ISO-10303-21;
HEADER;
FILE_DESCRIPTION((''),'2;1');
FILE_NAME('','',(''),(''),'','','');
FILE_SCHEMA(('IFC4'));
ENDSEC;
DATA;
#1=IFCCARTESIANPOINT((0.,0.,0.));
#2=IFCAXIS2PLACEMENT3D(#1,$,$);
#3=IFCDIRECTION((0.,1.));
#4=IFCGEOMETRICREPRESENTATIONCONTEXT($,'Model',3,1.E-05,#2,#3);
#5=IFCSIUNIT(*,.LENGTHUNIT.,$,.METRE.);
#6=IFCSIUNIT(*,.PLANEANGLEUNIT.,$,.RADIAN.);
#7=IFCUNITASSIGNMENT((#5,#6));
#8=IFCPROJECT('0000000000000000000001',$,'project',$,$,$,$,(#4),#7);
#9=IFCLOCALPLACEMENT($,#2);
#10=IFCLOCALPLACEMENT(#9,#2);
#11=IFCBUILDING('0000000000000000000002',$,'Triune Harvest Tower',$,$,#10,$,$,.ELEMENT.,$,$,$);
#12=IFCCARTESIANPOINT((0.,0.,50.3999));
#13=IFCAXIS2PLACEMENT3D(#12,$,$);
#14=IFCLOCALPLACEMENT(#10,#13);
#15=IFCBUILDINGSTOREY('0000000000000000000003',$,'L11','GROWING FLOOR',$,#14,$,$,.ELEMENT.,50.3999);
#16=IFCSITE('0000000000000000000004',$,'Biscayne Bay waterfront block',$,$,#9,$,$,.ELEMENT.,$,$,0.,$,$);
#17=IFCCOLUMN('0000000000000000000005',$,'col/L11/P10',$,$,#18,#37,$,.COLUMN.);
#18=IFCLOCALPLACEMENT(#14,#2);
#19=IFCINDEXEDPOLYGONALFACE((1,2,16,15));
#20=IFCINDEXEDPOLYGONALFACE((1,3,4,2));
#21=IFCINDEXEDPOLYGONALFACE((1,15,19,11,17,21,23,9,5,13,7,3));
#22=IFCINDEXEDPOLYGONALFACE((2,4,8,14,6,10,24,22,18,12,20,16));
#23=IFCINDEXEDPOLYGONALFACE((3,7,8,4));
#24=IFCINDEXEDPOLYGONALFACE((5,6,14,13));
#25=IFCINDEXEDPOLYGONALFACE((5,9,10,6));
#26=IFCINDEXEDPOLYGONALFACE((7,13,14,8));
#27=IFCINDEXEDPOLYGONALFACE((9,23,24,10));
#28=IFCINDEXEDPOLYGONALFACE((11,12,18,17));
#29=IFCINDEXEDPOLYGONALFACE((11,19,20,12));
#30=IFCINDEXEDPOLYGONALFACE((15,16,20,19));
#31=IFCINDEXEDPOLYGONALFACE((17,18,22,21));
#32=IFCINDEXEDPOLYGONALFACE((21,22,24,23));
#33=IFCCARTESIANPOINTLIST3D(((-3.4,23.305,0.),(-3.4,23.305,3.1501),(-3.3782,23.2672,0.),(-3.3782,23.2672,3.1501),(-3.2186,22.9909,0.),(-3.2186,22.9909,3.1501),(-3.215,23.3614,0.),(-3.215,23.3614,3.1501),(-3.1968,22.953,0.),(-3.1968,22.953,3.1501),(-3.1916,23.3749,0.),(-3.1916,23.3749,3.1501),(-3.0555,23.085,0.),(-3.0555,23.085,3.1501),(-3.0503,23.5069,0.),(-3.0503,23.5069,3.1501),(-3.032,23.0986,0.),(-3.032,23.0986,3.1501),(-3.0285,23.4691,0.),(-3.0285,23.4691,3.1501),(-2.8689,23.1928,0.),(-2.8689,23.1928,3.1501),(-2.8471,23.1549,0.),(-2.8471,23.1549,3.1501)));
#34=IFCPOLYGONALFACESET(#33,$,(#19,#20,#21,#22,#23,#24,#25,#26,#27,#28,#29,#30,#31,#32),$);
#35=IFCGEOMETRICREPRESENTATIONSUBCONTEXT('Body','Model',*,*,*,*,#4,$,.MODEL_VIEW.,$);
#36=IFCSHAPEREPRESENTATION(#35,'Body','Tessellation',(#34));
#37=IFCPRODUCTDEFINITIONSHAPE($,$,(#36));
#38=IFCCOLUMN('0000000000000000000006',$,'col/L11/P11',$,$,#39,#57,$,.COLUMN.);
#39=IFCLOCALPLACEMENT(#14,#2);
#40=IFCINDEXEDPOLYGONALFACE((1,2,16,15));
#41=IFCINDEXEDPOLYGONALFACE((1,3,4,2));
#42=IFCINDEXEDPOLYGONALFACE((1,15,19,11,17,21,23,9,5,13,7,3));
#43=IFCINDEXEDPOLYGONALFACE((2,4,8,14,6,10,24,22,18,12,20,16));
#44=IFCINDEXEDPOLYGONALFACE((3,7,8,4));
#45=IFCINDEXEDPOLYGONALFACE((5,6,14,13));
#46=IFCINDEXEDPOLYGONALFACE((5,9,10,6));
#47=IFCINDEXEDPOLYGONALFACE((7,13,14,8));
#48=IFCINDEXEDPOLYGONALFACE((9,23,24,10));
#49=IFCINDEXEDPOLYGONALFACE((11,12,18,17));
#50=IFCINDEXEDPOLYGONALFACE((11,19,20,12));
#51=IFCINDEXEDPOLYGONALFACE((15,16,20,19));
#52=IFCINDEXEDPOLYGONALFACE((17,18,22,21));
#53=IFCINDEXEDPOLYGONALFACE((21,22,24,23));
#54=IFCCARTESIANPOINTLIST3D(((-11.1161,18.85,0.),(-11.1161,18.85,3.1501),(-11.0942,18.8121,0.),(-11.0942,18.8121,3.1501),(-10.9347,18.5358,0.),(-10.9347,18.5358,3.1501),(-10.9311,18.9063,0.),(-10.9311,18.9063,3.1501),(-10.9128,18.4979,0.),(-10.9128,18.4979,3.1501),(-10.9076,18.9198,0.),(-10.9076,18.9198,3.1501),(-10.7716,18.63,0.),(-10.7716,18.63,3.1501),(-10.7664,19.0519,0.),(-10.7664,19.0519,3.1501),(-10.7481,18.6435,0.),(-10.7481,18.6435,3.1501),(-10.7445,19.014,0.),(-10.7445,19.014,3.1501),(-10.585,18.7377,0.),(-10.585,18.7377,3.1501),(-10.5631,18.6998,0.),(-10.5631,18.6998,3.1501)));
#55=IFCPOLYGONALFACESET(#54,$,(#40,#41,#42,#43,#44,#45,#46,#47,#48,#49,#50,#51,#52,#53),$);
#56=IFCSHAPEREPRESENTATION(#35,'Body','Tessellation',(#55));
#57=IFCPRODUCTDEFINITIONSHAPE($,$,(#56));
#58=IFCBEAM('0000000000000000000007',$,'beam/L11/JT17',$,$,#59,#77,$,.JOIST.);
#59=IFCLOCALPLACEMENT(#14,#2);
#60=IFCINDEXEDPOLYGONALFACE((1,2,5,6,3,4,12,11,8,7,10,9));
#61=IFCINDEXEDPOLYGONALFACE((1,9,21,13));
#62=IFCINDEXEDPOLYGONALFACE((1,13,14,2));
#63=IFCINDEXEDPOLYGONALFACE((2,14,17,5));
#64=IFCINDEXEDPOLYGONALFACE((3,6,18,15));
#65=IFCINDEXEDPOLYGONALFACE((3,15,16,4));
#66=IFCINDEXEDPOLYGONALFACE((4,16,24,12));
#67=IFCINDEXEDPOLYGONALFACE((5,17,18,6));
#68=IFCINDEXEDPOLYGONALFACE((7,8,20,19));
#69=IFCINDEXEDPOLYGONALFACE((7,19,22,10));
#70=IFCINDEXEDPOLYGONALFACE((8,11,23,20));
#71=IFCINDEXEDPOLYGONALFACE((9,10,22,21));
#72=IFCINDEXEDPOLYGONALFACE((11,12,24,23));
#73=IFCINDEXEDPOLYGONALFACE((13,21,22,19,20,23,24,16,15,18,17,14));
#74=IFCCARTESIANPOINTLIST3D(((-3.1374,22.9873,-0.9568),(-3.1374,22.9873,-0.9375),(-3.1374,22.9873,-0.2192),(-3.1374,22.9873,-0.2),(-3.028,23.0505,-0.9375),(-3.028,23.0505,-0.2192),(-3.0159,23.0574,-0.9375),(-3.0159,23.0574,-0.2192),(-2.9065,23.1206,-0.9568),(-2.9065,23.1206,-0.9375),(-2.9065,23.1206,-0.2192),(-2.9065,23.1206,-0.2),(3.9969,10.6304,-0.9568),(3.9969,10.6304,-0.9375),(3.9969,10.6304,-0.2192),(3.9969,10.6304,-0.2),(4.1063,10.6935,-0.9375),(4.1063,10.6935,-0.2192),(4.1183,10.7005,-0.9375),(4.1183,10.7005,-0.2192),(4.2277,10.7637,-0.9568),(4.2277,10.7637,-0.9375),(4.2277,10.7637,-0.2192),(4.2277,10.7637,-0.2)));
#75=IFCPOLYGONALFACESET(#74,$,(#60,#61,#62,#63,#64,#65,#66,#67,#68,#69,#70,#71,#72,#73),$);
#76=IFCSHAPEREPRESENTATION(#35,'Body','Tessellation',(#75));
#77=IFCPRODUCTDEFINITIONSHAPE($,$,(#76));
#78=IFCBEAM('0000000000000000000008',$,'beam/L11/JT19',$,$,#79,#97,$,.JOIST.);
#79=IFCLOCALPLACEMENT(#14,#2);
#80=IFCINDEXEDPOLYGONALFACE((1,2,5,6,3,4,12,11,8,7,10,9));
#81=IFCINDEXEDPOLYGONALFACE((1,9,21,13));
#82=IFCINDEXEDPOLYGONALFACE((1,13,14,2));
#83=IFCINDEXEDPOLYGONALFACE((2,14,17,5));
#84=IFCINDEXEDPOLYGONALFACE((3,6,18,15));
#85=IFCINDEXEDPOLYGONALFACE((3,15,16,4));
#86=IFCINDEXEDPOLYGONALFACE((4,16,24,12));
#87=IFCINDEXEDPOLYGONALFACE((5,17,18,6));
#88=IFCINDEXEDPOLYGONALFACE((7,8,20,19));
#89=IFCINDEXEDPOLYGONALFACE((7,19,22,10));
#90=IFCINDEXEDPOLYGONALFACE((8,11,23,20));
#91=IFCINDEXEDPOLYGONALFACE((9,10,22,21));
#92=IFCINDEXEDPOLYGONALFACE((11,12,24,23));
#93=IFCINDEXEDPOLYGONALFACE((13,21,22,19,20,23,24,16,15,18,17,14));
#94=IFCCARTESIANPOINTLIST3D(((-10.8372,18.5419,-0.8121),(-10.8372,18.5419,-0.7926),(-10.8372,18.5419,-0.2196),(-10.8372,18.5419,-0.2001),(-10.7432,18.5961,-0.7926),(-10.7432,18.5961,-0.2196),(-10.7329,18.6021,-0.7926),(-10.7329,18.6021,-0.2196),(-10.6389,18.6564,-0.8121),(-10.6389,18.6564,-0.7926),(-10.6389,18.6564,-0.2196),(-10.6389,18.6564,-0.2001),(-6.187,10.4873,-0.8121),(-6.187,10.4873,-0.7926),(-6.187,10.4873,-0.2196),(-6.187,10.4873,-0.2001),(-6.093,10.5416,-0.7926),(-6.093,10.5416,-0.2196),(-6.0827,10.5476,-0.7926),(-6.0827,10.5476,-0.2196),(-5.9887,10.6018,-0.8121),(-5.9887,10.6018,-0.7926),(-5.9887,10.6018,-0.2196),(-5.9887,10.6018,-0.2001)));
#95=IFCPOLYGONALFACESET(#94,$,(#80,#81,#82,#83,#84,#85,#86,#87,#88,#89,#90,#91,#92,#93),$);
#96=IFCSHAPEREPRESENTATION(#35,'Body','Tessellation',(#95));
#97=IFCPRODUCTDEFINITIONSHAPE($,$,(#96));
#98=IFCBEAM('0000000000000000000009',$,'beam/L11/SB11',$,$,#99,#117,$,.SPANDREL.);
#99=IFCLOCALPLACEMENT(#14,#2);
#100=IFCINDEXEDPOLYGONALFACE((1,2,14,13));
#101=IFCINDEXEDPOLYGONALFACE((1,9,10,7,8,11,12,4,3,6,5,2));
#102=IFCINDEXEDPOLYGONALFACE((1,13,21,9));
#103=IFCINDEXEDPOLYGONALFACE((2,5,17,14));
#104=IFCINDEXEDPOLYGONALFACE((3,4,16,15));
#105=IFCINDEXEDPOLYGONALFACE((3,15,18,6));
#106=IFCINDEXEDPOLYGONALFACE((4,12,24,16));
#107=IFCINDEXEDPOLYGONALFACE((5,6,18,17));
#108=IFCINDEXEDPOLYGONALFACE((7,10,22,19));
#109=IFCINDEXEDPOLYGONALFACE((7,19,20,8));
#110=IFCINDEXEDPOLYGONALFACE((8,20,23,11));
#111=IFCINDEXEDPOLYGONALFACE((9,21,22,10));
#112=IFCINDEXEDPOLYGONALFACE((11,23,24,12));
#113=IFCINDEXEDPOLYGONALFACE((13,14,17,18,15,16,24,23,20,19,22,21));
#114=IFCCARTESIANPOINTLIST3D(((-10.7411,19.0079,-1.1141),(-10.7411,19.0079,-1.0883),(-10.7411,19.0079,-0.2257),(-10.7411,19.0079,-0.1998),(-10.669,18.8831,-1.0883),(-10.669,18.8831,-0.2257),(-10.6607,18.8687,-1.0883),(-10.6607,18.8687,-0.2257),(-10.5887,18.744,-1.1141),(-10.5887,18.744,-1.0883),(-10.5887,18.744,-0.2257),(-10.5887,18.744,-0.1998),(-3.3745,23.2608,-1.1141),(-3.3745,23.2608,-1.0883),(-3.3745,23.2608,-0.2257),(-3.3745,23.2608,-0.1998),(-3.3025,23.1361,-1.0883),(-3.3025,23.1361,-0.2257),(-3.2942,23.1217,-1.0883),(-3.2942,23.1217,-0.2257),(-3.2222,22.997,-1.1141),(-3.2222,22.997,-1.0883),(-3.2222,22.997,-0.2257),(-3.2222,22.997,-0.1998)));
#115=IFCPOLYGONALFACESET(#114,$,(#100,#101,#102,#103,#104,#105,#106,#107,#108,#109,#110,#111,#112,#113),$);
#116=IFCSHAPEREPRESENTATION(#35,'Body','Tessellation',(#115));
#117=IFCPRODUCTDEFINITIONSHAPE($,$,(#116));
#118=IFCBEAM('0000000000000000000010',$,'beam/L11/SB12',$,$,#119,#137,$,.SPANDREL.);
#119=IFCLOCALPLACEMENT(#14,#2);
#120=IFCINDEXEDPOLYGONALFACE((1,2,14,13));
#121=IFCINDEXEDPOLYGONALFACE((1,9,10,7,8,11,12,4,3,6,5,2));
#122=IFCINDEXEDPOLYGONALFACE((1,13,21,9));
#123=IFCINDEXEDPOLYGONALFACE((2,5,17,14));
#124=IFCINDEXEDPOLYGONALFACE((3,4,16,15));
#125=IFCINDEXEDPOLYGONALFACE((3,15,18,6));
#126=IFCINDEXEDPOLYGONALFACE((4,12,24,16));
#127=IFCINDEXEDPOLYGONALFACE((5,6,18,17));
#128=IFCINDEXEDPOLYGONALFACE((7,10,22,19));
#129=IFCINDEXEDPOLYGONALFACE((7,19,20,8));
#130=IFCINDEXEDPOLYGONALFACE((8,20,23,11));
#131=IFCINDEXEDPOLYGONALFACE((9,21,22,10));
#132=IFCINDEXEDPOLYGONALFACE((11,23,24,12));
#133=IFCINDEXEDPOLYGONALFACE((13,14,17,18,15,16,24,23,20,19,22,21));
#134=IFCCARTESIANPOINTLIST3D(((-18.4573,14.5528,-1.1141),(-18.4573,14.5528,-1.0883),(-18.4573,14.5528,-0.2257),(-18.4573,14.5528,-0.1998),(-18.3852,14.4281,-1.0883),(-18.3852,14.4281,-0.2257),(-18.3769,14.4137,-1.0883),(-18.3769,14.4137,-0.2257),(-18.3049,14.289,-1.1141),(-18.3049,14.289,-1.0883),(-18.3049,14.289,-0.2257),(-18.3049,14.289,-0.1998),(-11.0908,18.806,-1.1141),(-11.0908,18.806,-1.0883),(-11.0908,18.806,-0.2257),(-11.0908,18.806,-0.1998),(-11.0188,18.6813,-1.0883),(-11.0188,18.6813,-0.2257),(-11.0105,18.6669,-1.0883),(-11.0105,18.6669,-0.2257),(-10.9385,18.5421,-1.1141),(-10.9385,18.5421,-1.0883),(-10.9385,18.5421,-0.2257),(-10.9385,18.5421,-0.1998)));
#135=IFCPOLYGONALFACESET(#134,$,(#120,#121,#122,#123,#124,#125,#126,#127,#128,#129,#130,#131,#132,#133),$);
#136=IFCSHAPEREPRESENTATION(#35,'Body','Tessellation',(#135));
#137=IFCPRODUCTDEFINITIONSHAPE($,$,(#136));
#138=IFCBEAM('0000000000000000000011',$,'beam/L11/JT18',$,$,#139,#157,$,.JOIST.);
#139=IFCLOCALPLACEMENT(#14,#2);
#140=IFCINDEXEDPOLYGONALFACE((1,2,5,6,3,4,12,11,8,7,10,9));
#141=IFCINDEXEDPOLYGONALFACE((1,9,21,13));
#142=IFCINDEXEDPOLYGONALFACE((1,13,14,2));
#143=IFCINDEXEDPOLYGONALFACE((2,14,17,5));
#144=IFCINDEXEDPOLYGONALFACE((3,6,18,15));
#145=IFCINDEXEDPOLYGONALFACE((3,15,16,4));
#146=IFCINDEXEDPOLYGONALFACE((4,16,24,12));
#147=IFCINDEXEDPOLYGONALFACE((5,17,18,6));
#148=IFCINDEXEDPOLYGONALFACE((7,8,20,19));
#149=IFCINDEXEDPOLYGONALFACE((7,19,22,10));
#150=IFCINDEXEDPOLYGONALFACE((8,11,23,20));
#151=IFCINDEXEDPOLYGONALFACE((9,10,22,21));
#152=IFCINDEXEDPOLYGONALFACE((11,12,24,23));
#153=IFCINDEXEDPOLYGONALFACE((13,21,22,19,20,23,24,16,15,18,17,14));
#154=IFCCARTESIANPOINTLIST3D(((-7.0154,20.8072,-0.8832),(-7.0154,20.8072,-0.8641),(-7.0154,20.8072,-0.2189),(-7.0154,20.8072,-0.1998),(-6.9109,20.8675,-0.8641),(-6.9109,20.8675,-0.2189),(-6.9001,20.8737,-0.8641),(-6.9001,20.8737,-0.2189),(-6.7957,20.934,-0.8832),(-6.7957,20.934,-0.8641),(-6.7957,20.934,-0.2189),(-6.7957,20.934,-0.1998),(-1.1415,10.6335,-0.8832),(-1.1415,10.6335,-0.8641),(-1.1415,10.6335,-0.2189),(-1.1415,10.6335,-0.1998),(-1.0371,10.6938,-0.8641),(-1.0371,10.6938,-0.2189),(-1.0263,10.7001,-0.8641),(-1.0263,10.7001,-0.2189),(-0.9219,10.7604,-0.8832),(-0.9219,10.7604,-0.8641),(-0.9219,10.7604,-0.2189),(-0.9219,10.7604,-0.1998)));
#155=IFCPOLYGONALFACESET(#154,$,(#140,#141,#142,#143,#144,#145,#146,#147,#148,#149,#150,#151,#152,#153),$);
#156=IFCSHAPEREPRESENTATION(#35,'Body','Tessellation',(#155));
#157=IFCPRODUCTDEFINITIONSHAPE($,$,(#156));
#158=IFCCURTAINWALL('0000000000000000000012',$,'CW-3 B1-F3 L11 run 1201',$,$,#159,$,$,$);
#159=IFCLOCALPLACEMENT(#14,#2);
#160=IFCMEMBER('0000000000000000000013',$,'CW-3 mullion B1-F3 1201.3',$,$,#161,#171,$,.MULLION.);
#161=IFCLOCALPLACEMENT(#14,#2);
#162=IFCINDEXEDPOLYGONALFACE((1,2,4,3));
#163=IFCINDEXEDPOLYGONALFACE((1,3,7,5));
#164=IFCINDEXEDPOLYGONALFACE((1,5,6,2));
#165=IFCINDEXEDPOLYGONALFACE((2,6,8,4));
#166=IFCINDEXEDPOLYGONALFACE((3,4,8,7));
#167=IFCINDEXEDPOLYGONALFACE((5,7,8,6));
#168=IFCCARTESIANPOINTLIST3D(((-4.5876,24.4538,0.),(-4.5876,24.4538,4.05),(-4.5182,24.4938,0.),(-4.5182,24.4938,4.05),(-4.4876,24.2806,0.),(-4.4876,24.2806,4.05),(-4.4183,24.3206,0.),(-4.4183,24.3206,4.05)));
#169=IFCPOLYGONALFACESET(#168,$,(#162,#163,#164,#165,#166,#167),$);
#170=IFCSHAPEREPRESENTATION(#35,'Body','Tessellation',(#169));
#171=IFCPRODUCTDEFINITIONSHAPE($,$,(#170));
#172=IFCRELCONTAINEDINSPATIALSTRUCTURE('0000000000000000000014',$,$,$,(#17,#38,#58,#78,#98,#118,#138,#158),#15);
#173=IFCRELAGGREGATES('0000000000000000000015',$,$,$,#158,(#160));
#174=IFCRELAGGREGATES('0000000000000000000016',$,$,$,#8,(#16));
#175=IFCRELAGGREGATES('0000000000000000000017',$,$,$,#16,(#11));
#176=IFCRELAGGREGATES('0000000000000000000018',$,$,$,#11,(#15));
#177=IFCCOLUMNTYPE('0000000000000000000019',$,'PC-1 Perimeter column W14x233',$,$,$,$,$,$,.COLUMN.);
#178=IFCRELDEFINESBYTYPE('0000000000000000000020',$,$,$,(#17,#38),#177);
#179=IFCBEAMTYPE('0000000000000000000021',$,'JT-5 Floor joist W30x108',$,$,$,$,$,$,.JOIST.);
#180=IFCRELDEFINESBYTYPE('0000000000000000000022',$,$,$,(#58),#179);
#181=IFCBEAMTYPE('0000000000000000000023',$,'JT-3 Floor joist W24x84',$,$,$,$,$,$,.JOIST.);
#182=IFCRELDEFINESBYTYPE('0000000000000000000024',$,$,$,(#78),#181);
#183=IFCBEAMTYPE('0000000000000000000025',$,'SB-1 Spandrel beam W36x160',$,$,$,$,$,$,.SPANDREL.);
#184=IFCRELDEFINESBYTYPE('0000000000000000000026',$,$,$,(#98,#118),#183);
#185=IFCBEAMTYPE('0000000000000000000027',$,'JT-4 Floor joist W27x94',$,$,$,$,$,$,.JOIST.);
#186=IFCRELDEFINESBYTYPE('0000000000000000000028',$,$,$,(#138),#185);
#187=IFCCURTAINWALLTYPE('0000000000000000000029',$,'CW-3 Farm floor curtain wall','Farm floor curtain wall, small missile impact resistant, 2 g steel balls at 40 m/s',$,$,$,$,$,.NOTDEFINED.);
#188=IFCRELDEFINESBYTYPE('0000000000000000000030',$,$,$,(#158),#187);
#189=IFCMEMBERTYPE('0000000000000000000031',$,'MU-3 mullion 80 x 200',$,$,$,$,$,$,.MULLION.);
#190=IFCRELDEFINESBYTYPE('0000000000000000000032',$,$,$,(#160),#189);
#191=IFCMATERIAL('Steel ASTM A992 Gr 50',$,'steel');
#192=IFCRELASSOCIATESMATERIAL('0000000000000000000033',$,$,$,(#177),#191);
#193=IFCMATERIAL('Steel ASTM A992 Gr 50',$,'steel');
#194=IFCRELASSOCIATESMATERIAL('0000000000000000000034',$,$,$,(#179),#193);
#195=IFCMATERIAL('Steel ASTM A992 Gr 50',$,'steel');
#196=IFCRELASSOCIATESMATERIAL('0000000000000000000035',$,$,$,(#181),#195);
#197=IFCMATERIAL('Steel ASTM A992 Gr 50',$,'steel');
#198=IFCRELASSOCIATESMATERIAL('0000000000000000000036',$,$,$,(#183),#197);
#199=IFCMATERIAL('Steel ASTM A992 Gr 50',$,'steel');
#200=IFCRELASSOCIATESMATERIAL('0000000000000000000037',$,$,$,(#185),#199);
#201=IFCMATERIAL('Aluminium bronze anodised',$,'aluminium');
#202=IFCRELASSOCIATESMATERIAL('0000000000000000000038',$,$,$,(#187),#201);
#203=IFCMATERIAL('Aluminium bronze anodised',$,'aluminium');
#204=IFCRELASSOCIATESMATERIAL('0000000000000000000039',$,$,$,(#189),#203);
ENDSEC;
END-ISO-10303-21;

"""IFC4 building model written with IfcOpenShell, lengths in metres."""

from ifc_helpers import new_model, si_unit, direction, frame, origin, origin_2d, place, context, subcontext, project, spatial, rectangle, i_section, extrude, source, transform, mapped, material, material_profile, profile_set, type_object, element, aggregate, save


model = new_model("IFC4")

# Units and contexts
model_context = context("Model", 3, precision=1e-05, world=origin(), true_north=direction((0.0, 1.0)))
body_context = subcontext(model_context, "Body", "Model", "MODEL_VIEW")
ifc_project = project(units=[si_unit("LENGTHUNIT", "METRE"), si_unit("PLANEANGLEUNIT", "RADIAN")], contexts=[model_context])

# Site, building, storey
site_placement = place(None, origin())
site = spatial("IfcSite", under=ifc_project, at=site_placement, Name="Biscayne Bay waterfront block", CompositionType="ELEMENT", RefElevation=0.0)
building_placement = place(site_placement, origin())
building = spatial("IfcBuilding", under=site, at=building_placement, Name="Triune Harvest Tower", CompositionType="ELEMENT")
storey_placement = place(building_placement, frame((0.0, 0.0, 50.3999)))
storey = spatial("IfcBuildingStorey", under=building, at=storey_placement, Name="L11", Description="GROWING FLOOR", CompositionType="ELEMENT", Elevation=50.3999)

# Columns
ifc_material_1 = material(Name="Steel ASTM A992 Gr 50", Category="steel")
ifc_material_profile_1 = material_profile(ifc_material_1, i_section(OverallWidth=0.4038, OverallDepth=0.4065, WebThickness=0.0271, FlangeThickness=0.0437, at=origin_2d()), Name="W14x233")
ifc_profile_set_1 = profile_set([ifc_material_profile_1], Name="Steel ASTM A992 Gr 50")
column_type = type_object("IfcColumnType", Name="PC-1 Perimeter column W14x233", PredefinedType="COLUMN", material=ifc_profile_set_1)
shared_shape_1 = source(origin(), body_context, "Body", "SweptSolid", [
    extrude(i_section(OverallWidth=0.4038, OverallDepth=0.4065, WebThickness=0.0271, FlangeThickness=0.0437, at=origin_2d()), origin(), (0.0, 0.0, 1.0), 3.1501),
])
for number, where, z_axis, x_axis, name in (
    (1, (-3.1235, 23.23, 0.0), (0.0, 0.0, 1.0), (-0.866025, -0.5, 0.0), "col/L11/P10"),
    (2, (-10.8396, 18.7749, 0.0), (0.0, 0.0, 1.0), (-0.866025, -0.5, 0.0), "col/L11/P11"),
):
    element("IfcColumn", number, at=place(storey_placement, frame(where, z_axis=z_axis, x_axis=x_axis)), inside=storey, type_object=column_type, Name=name, PredefinedType="COLUMN", context=body_context, shape_type="MappedRepresentation", body=[
        mapped(shared_shape_1, transform((0.0, 0.0, 0.0), scale=1.0)),
    ])

# Beams
ifc_material_2 = material(Name="Steel ASTM A992 Gr 50", Category="steel")
ifc_material_profile_2 = material_profile(ifc_material_2, i_section(OverallWidth=0.2666, OverallDepth=0.7568, WebThickness=0.0139, FlangeThickness=0.0193, at=origin_2d()), Name="W30x108")
ifc_profile_set_2 = profile_set([ifc_material_profile_2], Name="Steel ASTM A992 Gr 50")
beam_type_1 = type_object("IfcBeamType", Name="JT-5 Floor joist W30x108", PredefinedType="JOIST", material=ifc_profile_set_2)
shared_shape_2 = source(origin(), body_context, "Body", "SweptSolid", [
    extrude(i_section(OverallWidth=0.2666, OverallDepth=0.7568, WebThickness=0.0139, FlangeThickness=0.0193, at=origin_2d()), origin(), (0.0, 0.0, 1.0), 14.2686),
])
beam_1_placement = place(storey_placement, frame((-3.022, 23.054, -0.5784), z_axis=(0.5, -0.866025, 0.0), x_axis=(0.866025, 0.5, 0.0)))
element("IfcBeam", 3, at=beam_1_placement, inside=storey, type_object=beam_type_1, Name="beam/L11/JT17", PredefinedType="JOIST", context=body_context, shape_type="MappedRepresentation", body=[
    mapped(shared_shape_2, transform((0.0, 0.0, 0.0), scale=1.0)),
])
ifc_material_3 = material(Name="Steel ASTM A992 Gr 50", Category="steel")
ifc_material_profile_3 = material_profile(ifc_material_3, i_section(OverallWidth=0.229, OverallDepth=0.6121, WebThickness=0.012, FlangeThickness=0.0195, at=origin_2d()), Name="W24x84")
ifc_profile_set_3 = profile_set([ifc_material_profile_3], Name="Steel ASTM A992 Gr 50")
beam_type_2 = type_object("IfcBeamType", Name="JT-3 Floor joist W24x84", PredefinedType="JOIST", material=ifc_profile_set_3)
shared_shape_3 = source(origin(), body_context, "Body", "SweptSolid", [
    extrude(i_section(OverallWidth=0.229, OverallDepth=0.6121, WebThickness=0.012, FlangeThickness=0.0195, at=origin_2d()), origin(), (0.0, 0.0, 1.0), 9.3005),
])
beam_2_placement = place(storey_placement, frame((-10.738, 18.5991, -0.5061), z_axis=(0.499993, -0.86603, 0.0), x_axis=(0.86603, 0.499993, 0.0)))
element("IfcBeam", 4, at=beam_2_placement, inside=storey, type_object=beam_type_2, Name="beam/L11/JT19", PredefinedType="JOIST", context=body_context, shape_type="MappedRepresentation", body=[
    mapped(shared_shape_3, transform((0.0, 0.0, 0.0), scale=1.0)),
])
ifc_material_4 = material(Name="Steel ASTM A992 Gr 50", Category="steel")
ifc_material_profile_4 = material_profile(ifc_material_4, i_section(OverallWidth=0.3047, OverallDepth=0.9143, WebThickness=0.0166, FlangeThickness=0.0259, at=origin_2d()), Name="W36x160")
ifc_profile_set_4 = profile_set([ifc_material_profile_4], Name="Steel ASTM A992 Gr 50")
beam_type_3 = type_object("IfcBeamType", Name="SB-1 Spandrel beam W36x160", PredefinedType="SPANDREL", material=ifc_profile_set_4)
shared_shape_4 = source(origin(), body_context, "Body", "SweptSolid", [
    extrude(i_section(OverallWidth=0.3047, OverallDepth=0.9143, WebThickness=0.0166, FlangeThickness=0.0259, at=origin_2d()), origin(), (0.0, 0.0, 1.0), 8.5061),
])
for number, where, z_axis, x_axis, name in (
    (5, (-3.2983, 23.1289, -0.657), (-0.86603, -0.499992, 0.0), (0.499992, -0.86603, 0.0), "beam/L11/SB11"),
    (6, (-11.0146, 18.6741, -0.657), (-0.866018, -0.500013, 0.0), (0.500013, -0.866018, 0.0), "beam/L11/SB12"),
):
    element("IfcBeam", number, at=place(storey_placement, frame(where, z_axis=z_axis, x_axis=x_axis)), inside=storey, type_object=beam_type_3, Name=name, PredefinedType="SPANDREL", context=body_context, shape_type="MappedRepresentation", body=[
        mapped(shared_shape_4, transform((0.0, 0.0, 0.0), scale=1.0)),
    ])
ifc_material_5 = material(Name="Steel ASTM A992 Gr 50", Category="steel")
ifc_material_profile_5 = material_profile(ifc_material_5, i_section(OverallWidth=0.2537, OverallDepth=0.6833, WebThickness=0.0125, FlangeThickness=0.019, at=origin_2d()), Name="W27x94")
ifc_profile_set_5 = profile_set([ifc_material_profile_5], Name="Steel ASTM A992 Gr 50")
beam_type_4 = type_object("IfcBeamType", Name="JT-4 Floor joist W27x94", PredefinedType="JOIST", material=ifc_profile_set_5)
shared_shape_5 = source(origin(), body_context, "Body", "SweptSolid", [
    extrude(i_section(OverallWidth=0.2537, OverallDepth=0.6833, WebThickness=0.0125, FlangeThickness=0.019, at=origin_2d()), origin(), (0.0, 0.0, 1.0), 11.7476),
])
beam_3_placement = place(storey_placement, frame((-6.9055, 20.8706, -0.5415), z_axis=(0.500004, -0.866023, 0.0), x_axis=(0.866023, 0.500004, 0.0)))
element("IfcBeam", 7, at=beam_3_placement, inside=storey, type_object=beam_type_4, Name="beam/L11/JT18", PredefinedType="JOIST", context=body_context, shape_type="MappedRepresentation", body=[
    mapped(shared_shape_5, transform((0.0, 0.0, 0.0), scale=1.0)),
])

# Curtain wall, member
ifc_material_6 = material(Name="Aluminium bronze anodised", Category="aluminium")
curtain_wall_type_1 = type_object("IfcCurtainWallType", Name="CW-3 Farm floor curtain wall", Description="Farm floor curtain wall, small missile impact resistant, 2 g steel balls at 40 m/s", PredefinedType="NOTDEFINED", material=ifc_material_6)
curtain_wall_1_placement = place(storey_placement, origin())
curtain_wall_1 = element("IfcCurtainWall", 8, at=curtain_wall_1_placement, inside=storey, type_object=curtain_wall_type_1, Name="CW-3 B1-F3 L11 run 1201")
ifc_material_7 = material(Name="Aluminium bronze anodised", Category="aluminium")
ifc_material_profile_6 = material_profile(ifc_material_7, rectangle(XDim=0.2, YDim=0.0801, at=origin_2d()), Name="MU-3 mullion 80 x 200")
ifc_profile_set_6 = profile_set([ifc_material_profile_6], Name="Aluminium bronze anodised")
member_type_1 = type_object("IfcMemberType", Name="MU-3 mullion 80 x 200", PredefinedType="MULLION", material=ifc_profile_set_6)
shared_shape_6 = source(origin(), body_context, "Body", "SweptSolid", [
    extrude(rectangle(XDim=0.2, YDim=0.0801, at=origin_2d()), origin(), (0.0, 0.0, 1.0), 4.05),
])
member_1_placement = place(storey_placement, frame((-4.5029, 24.3872, 0.0), z_axis=(0.0, 0.0, 1.0), x_axis=(0.499998, -0.866026, 0.0)))
member_1 = element("IfcMember", 9, at=member_1_placement, type_object=member_type_1, Name="CW-3 mullion B1-F3 1201.3", PredefinedType="MULLION", context=body_context, shape_type="MappedRepresentation", body=[
    mapped(shared_shape_6, transform((0.0, 0.0, 0.0), scale=1.0)),
])

aggregate(curtain_wall_1, [member_1])

save(model, "model.ifc")
